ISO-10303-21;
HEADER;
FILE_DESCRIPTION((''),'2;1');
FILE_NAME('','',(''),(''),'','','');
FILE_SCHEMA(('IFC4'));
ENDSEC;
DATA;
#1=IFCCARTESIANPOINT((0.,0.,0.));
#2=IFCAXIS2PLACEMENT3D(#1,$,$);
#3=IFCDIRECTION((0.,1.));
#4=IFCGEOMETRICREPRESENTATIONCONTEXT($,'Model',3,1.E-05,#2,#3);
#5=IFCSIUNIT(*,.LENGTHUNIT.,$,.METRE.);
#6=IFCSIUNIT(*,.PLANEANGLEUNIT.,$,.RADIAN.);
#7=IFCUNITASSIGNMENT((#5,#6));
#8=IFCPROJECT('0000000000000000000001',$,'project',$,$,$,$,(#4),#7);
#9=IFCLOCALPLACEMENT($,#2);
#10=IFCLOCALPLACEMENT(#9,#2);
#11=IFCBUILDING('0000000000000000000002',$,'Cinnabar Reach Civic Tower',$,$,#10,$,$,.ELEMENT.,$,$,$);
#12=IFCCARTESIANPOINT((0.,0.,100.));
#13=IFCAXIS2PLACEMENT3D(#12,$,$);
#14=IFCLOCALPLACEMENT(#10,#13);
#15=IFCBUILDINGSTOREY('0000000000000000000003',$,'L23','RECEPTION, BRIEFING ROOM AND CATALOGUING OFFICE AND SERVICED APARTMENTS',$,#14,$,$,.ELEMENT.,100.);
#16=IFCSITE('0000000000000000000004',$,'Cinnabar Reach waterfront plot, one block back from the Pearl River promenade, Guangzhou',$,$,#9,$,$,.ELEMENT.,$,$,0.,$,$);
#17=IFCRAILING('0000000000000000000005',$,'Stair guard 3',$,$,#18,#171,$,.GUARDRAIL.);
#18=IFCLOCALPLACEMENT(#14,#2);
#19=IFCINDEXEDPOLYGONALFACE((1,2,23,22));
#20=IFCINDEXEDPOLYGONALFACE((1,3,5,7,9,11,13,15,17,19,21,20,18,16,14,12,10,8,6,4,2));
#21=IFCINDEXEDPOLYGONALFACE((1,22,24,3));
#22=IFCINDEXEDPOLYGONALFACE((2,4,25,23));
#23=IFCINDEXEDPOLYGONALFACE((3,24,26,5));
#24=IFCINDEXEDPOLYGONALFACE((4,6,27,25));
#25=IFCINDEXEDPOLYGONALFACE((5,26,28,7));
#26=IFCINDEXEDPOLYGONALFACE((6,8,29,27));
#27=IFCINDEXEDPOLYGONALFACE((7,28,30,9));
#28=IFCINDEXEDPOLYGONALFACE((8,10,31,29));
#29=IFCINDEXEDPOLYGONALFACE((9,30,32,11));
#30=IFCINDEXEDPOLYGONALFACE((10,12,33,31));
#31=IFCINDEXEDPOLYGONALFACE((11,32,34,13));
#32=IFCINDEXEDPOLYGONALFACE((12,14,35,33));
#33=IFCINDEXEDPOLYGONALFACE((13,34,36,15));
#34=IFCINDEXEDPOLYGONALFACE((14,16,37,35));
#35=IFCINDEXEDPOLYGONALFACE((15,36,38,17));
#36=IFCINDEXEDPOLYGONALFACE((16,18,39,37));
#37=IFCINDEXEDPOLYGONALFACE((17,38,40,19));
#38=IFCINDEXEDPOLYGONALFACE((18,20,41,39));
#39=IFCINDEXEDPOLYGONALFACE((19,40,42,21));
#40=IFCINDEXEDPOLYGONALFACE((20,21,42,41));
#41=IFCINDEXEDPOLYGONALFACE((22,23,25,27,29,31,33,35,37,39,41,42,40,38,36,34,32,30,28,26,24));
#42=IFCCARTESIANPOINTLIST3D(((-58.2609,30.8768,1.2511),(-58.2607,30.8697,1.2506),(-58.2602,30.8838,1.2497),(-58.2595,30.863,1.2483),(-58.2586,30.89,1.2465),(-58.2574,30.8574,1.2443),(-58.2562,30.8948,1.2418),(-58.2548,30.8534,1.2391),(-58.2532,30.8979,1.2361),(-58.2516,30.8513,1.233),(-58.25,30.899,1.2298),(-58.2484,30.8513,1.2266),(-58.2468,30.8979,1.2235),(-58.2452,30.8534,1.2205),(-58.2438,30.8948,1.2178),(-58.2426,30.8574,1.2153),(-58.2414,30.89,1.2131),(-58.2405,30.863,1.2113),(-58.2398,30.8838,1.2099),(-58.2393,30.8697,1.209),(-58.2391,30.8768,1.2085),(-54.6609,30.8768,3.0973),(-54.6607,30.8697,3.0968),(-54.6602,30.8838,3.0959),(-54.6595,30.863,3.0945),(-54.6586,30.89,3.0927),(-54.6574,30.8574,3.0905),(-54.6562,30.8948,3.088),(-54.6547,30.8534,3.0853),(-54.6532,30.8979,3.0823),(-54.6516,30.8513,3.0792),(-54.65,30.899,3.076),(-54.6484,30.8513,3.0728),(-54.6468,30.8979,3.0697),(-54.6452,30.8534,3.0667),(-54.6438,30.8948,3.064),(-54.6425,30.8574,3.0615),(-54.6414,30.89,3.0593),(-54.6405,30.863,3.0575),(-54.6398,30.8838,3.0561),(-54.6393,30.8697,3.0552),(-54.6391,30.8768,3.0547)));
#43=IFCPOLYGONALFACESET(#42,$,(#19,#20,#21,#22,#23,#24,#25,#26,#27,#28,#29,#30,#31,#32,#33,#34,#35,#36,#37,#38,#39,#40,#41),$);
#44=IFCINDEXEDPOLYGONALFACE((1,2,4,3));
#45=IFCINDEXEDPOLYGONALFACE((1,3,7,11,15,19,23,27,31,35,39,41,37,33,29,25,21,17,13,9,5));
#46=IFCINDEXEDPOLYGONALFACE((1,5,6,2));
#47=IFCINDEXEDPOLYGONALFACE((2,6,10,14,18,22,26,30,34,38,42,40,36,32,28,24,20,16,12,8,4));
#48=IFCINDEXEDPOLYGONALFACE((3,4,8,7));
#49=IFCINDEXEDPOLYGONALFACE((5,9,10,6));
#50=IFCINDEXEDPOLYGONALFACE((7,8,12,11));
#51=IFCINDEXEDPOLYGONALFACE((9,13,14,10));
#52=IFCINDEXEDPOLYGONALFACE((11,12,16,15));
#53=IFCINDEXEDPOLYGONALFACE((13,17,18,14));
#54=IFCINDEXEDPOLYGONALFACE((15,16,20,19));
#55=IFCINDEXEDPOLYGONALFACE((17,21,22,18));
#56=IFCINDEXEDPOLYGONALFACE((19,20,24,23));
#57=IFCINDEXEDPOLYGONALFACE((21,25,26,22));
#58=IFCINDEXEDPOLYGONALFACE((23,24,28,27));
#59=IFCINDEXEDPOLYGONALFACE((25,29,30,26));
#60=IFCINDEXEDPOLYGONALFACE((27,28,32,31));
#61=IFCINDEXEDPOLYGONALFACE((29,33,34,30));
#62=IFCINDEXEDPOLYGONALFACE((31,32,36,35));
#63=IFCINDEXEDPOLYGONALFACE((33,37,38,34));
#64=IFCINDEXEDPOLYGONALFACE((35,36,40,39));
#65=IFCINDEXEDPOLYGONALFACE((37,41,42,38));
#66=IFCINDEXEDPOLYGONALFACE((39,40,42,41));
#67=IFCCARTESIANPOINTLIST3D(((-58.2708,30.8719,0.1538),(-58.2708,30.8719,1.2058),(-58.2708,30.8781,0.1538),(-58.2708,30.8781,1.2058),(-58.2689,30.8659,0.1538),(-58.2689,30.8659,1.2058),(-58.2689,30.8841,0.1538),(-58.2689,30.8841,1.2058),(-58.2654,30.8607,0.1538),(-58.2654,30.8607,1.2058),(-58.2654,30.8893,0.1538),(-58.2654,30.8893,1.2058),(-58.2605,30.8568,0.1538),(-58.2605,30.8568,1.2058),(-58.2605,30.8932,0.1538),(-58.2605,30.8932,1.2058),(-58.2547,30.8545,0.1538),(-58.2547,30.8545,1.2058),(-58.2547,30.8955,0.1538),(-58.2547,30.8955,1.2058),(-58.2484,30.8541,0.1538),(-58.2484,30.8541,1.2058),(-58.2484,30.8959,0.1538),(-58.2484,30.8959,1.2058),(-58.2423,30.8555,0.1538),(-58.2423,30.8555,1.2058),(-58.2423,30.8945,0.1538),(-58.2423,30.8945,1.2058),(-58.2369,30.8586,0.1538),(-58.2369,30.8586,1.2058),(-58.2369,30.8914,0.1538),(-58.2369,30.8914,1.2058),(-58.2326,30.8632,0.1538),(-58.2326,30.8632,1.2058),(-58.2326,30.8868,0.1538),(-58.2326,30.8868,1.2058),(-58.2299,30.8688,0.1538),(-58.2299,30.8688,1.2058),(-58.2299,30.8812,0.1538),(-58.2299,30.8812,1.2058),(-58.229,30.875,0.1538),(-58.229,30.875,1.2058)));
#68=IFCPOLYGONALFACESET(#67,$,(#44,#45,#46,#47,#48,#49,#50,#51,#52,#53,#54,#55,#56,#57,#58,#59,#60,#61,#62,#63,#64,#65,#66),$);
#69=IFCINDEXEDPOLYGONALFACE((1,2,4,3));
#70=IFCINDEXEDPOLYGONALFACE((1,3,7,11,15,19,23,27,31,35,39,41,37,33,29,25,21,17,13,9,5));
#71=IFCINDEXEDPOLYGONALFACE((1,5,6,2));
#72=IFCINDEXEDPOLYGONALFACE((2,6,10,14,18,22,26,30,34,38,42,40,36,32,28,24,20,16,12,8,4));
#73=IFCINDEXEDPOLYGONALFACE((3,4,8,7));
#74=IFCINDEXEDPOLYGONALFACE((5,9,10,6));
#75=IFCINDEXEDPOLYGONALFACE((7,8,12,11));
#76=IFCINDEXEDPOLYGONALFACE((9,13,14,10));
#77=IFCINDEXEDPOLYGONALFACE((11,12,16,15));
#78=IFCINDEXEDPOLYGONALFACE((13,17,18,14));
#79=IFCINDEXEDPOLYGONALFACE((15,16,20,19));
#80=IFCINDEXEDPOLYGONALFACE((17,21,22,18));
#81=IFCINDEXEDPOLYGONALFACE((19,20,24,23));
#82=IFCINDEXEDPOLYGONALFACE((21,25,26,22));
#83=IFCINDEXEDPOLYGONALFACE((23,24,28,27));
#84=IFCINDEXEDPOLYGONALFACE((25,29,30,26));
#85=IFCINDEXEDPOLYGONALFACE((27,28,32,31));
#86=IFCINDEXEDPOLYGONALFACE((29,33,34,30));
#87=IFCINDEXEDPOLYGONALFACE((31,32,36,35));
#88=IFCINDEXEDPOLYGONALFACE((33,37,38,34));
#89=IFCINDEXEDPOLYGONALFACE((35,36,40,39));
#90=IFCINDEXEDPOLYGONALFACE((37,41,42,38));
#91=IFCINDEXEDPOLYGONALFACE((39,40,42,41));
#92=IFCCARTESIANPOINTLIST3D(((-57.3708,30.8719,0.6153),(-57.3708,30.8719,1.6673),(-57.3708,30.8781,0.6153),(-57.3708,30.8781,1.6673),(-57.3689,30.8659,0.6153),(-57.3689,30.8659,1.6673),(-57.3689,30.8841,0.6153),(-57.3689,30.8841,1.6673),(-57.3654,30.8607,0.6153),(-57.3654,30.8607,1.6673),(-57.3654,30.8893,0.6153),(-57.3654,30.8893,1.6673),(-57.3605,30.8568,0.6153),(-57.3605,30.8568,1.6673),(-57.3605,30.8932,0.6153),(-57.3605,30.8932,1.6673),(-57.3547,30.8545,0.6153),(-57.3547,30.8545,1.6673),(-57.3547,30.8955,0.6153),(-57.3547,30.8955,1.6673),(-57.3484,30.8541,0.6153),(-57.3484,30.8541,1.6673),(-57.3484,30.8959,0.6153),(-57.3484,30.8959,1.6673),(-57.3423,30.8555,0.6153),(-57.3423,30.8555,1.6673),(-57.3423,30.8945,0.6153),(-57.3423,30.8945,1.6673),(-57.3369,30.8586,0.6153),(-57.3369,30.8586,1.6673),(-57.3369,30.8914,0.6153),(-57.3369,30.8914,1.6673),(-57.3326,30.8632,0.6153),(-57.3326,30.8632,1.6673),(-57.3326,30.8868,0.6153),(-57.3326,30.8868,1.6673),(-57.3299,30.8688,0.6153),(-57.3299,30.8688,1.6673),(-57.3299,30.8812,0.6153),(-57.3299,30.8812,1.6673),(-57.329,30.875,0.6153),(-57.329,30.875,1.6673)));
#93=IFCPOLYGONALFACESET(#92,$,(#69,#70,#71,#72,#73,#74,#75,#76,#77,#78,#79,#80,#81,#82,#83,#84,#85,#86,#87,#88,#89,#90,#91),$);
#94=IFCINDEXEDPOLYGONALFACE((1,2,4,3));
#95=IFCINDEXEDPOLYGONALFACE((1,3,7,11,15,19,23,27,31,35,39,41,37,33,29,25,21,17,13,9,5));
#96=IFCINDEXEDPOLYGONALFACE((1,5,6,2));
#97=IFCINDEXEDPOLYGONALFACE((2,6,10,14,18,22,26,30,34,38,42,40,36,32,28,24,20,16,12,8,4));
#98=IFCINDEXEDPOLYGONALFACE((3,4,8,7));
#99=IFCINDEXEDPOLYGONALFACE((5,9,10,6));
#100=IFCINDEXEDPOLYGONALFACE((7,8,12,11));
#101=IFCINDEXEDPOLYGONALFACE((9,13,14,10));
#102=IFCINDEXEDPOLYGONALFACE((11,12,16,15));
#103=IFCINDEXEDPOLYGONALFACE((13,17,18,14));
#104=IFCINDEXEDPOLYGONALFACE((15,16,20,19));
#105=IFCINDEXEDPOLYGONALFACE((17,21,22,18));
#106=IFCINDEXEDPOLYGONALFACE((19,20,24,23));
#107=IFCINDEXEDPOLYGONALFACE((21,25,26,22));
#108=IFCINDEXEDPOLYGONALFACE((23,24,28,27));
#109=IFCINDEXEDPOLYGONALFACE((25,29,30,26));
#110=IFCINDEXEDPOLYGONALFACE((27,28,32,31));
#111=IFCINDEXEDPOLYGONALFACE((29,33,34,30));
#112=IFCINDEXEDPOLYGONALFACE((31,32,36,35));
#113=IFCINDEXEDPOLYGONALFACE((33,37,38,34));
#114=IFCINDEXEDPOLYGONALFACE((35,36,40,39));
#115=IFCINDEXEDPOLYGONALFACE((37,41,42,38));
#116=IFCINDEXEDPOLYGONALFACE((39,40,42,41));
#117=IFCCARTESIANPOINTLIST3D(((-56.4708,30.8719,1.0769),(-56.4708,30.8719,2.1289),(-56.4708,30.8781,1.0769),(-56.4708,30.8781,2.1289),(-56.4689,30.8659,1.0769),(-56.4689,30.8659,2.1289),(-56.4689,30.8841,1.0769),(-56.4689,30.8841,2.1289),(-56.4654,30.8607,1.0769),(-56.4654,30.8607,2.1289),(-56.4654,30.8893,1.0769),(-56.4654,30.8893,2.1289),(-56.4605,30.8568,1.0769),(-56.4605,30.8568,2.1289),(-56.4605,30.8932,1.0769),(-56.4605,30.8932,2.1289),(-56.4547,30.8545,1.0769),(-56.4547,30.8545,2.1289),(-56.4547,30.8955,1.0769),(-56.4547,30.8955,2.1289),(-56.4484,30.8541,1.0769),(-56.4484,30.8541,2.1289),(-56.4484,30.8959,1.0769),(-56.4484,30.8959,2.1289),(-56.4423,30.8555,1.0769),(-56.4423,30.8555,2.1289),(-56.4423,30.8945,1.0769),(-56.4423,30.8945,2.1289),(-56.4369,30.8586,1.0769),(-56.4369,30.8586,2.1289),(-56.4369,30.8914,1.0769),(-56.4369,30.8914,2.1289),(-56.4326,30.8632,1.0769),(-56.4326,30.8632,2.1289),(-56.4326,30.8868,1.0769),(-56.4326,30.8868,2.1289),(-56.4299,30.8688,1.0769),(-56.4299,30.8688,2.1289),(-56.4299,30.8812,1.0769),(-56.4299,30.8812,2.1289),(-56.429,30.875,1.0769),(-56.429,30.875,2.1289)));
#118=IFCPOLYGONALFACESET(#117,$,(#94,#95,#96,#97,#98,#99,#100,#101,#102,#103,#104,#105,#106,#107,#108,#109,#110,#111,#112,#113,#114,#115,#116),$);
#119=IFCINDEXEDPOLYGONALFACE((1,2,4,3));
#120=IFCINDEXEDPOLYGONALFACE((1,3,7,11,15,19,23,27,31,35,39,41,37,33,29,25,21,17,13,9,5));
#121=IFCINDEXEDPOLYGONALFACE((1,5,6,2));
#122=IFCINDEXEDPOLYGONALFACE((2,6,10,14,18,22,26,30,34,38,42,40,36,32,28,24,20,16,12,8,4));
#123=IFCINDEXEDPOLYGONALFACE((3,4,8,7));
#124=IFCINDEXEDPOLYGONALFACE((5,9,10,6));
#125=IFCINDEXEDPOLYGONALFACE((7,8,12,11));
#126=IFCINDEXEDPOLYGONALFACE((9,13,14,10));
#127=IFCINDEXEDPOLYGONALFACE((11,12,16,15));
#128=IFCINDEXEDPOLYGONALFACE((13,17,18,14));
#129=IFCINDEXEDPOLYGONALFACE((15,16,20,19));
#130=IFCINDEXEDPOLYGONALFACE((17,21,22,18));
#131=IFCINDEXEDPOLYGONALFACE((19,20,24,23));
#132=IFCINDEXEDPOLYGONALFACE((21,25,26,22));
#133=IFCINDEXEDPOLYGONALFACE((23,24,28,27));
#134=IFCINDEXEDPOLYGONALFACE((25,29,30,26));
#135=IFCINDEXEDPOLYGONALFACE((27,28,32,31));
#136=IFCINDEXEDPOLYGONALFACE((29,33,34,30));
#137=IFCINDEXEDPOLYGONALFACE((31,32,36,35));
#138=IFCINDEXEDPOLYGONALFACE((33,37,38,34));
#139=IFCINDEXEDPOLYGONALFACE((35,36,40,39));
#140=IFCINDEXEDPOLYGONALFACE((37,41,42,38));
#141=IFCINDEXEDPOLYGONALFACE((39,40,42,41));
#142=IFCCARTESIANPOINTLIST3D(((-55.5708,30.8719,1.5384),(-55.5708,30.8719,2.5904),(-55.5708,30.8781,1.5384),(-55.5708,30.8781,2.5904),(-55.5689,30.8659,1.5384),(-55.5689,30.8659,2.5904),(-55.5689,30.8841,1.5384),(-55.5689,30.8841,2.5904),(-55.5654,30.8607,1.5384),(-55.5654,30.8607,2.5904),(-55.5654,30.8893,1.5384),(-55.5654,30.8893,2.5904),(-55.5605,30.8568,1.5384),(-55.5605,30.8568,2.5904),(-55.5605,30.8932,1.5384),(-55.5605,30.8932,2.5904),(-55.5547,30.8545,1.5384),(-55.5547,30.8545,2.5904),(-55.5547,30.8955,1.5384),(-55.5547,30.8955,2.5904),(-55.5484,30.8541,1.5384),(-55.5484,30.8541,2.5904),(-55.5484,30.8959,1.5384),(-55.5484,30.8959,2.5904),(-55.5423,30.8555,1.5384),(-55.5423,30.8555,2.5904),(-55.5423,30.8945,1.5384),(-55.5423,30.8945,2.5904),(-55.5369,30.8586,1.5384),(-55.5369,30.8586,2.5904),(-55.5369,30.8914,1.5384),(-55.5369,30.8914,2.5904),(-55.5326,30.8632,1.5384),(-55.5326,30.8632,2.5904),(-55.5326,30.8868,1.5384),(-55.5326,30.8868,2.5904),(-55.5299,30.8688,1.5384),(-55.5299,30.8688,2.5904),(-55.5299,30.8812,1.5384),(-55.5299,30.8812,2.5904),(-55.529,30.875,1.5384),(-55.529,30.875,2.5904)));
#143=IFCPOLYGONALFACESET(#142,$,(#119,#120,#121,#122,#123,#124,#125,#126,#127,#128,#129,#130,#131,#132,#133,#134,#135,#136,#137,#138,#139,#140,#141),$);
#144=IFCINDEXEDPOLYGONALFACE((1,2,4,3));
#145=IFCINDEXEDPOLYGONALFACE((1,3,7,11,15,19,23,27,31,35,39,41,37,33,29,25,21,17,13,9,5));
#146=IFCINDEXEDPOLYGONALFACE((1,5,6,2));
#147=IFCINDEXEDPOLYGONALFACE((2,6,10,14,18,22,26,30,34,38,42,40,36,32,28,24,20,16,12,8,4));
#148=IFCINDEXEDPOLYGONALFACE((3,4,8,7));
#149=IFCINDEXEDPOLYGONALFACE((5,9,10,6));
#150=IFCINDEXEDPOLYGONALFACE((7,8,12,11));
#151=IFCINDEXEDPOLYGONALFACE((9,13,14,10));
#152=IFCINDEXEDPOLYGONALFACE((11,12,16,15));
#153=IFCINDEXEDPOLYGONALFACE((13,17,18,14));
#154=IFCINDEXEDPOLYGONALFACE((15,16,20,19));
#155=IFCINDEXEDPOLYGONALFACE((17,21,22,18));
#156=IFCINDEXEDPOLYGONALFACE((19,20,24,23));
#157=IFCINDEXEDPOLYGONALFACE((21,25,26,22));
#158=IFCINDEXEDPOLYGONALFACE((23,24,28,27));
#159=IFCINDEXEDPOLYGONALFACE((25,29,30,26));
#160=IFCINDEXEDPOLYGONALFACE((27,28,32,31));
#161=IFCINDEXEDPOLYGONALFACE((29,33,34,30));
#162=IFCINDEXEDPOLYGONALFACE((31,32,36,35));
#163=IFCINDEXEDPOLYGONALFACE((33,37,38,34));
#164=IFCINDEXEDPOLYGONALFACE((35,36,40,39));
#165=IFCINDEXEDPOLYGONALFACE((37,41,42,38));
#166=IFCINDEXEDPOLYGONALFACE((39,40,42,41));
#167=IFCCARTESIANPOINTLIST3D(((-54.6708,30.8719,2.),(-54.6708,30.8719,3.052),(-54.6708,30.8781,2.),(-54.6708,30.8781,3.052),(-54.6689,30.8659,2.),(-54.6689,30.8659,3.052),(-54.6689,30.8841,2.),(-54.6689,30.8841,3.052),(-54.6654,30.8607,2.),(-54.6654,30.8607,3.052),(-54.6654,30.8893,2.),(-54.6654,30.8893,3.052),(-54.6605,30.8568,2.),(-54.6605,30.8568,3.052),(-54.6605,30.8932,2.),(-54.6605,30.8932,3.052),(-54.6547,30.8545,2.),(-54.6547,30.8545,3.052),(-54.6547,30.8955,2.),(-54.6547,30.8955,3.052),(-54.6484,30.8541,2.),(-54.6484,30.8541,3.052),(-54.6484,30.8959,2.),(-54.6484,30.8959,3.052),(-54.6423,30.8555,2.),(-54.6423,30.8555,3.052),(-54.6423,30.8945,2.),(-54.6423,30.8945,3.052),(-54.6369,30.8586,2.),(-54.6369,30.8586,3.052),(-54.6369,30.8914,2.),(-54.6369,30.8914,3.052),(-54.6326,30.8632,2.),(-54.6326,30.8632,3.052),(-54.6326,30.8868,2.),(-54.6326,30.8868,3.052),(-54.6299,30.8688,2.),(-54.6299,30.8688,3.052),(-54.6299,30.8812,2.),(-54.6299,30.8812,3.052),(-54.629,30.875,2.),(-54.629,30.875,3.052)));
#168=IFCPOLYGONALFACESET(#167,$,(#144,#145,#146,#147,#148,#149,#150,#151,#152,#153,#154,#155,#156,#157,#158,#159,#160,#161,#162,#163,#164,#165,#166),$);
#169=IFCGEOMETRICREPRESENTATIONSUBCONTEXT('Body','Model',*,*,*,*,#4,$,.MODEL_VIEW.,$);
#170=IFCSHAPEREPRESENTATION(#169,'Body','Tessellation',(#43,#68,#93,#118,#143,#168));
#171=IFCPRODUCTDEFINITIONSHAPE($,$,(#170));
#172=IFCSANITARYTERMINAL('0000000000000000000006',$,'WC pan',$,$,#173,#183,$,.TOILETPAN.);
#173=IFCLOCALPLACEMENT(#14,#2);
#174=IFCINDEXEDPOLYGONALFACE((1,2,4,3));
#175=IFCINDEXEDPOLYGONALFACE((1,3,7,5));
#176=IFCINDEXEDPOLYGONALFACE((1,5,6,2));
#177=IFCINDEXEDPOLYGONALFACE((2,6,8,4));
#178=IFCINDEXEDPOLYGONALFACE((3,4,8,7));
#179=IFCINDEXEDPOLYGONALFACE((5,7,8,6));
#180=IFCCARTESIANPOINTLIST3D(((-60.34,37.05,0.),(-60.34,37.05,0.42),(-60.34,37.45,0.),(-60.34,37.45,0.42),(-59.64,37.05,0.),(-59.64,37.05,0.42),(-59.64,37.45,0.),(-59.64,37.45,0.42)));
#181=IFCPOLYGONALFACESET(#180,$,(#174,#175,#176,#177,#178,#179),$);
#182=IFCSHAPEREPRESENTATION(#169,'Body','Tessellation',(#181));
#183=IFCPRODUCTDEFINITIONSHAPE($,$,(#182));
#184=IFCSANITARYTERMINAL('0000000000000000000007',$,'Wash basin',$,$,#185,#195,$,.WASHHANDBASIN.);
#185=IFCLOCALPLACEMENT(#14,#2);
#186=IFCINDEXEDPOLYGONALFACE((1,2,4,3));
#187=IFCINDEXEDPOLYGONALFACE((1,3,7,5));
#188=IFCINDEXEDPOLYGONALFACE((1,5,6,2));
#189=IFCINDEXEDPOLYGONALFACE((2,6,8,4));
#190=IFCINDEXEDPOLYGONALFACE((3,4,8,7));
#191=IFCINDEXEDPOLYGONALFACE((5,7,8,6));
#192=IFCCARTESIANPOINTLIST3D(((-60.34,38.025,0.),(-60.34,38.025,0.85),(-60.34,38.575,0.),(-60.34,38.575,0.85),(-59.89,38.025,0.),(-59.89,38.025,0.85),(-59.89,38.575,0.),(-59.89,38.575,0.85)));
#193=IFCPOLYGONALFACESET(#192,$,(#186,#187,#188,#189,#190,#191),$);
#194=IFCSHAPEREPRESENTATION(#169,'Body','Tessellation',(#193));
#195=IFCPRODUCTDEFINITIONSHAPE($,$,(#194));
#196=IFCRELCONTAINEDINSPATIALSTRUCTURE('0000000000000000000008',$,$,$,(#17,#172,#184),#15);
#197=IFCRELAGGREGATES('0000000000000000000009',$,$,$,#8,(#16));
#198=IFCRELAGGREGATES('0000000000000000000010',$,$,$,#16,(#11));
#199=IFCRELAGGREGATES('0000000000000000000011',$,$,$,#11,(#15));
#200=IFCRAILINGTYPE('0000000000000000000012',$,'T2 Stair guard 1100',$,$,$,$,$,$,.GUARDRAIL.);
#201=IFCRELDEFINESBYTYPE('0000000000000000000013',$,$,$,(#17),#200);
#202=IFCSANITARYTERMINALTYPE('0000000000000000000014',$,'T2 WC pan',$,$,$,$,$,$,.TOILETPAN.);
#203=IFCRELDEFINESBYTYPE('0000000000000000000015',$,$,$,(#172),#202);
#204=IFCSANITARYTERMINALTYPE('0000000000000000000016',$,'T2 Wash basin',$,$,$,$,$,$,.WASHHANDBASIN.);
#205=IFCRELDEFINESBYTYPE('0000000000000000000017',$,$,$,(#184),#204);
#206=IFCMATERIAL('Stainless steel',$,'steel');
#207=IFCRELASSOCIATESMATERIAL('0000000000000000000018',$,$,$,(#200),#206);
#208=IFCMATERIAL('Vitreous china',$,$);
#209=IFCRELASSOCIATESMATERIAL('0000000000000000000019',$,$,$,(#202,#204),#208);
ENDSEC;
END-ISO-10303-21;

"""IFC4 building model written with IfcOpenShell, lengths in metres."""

from ifc_helpers import new_model, si_unit, direction, frame, origin, origin_2d, place, context, subcontext, project, spatial, rectangle, circle, extrude, material, type_object, element, save


model = new_model("IFC4")

# Units and contexts
model_context = context("Model", 3, precision=1e-05, world=origin(), true_north=direction((0.0, 1.0)))
body_context = subcontext(model_context, "Body", "Model", "MODEL_VIEW")
ifc_project = project(units=[si_unit("LENGTHUNIT", "METRE"), si_unit("PLANEANGLEUNIT", "RADIAN")], contexts=[model_context])

# Site, building, storey
site_placement = place(None, origin())
site = spatial("IfcSite", under=ifc_project, at=site_placement, Name="Cinnabar Reach waterfront plot, one block back from the Pearl River promenade, Guangzhou", CompositionType="ELEMENT", RefElevation=0.0)
building_placement = place(site_placement, origin())
building = spatial("IfcBuilding", under=site, at=building_placement, Name="Cinnabar Reach Civic Tower", CompositionType="ELEMENT")
storey_placement = place(building_placement, frame((0.0, 0.0, 100.0)))
storey = spatial("IfcBuildingStorey", under=building, at=storey_placement, Name="L23", Description="RECEPTION, BRIEFING ROOM AND CATALOGUING OFFICE AND SERVICED APARTMENTS", CompositionType="ELEMENT", Elevation=100.0)

# Railing
ifc_material_1 = material(Name="Stainless steel", Category="steel")
railing_type = type_object("IfcRailingType", Name="T2 Stair guard 1100", PredefinedType="GUARDRAIL", material=ifc_material_1)
railing_1_placement = place(storey_placement, frame((-58.25, 30.875, 0.1538)))
element("IfcRailing", 1, at=railing_1_placement, inside=storey, type_object=railing_type, Name="Stair guard 3", PredefinedType="GUARDRAIL", context=body_context, shape_type="SweptSolid", body=[
    extrude(circle(Radius=0.024, at=origin_2d()), frame((0.0, 0.0, 1.076), z_axis=(0.889813, 0.0, 0.456326), x_axis=(0.0, 1.0, 0.0)), (0.0, 0.0, 1.0), 4.0458),
    extrude(circle(Radius=0.021, at=origin_2d()), origin(), (0.0, 0.0, 1.0), 1.052),
    extrude(circle(Radius=0.021, at=origin_2d()), frame((0.9, 0.0, 0.4615)), (0.0, 0.0, 1.0), 1.052),
    extrude(circle(Radius=0.021, at=origin_2d()), frame((1.8, 0.0, 0.9231)), (0.0, 0.0, 1.0), 1.052),
    extrude(circle(Radius=0.021, at=origin_2d()), frame((2.7, 0.0, 1.3846)), (0.0, 0.0, 1.0), 1.052),
    extrude(circle(Radius=0.021, at=origin_2d()), frame((3.6, 0.0, 1.8462)), (0.0, 0.0, 1.0), 1.052),
])

# Sanitary terminals
ifc_material_2 = material(Name="Vitreous china")
sanitary_terminal_type_1 = type_object("IfcSanitaryTerminalType", Name="T2 WC pan", PredefinedType="TOILETPAN", material=ifc_material_2)
sanitary_terminal_1_placement = place(storey_placement, frame((-59.99, 37.25, 0.0), z_axis=(0.0, 0.0, 1.0), x_axis=(1.0, 0.0, 0.0)))
element("IfcSanitaryTerminal", 2, at=sanitary_terminal_1_placement, inside=storey, type_object=sanitary_terminal_type_1, Name="WC pan", PredefinedType="TOILETPAN", context=body_context, shape_type="SweptSolid", body=[
    extrude(rectangle(XDim=0.7, YDim=0.4, at=origin_2d()), origin(), (0.0, 0.0, 1.0), 0.42),
])
sanitary_terminal_type_2 = type_object("IfcSanitaryTerminalType", Name="T2 Wash basin", PredefinedType="WASHHANDBASIN", material=ifc_material_2)
sanitary_terminal_2_placement = place(storey_placement, frame((-60.115, 38.3, 0.0), z_axis=(0.0, 0.0, 1.0), x_axis=(1.0, 0.0, 0.0)))
element("IfcSanitaryTerminal", 3, at=sanitary_terminal_2_placement, inside=storey, type_object=sanitary_terminal_type_2, Name="Wash basin", PredefinedType="WASHHANDBASIN", context=body_context, shape_type="SweptSolid", body=[
    extrude(rectangle(XDim=0.45, YDim=0.55, at=origin_2d()), origin(), (0.0, 0.0, 1.0), 0.85),
])

save(model, "model.ifc")
